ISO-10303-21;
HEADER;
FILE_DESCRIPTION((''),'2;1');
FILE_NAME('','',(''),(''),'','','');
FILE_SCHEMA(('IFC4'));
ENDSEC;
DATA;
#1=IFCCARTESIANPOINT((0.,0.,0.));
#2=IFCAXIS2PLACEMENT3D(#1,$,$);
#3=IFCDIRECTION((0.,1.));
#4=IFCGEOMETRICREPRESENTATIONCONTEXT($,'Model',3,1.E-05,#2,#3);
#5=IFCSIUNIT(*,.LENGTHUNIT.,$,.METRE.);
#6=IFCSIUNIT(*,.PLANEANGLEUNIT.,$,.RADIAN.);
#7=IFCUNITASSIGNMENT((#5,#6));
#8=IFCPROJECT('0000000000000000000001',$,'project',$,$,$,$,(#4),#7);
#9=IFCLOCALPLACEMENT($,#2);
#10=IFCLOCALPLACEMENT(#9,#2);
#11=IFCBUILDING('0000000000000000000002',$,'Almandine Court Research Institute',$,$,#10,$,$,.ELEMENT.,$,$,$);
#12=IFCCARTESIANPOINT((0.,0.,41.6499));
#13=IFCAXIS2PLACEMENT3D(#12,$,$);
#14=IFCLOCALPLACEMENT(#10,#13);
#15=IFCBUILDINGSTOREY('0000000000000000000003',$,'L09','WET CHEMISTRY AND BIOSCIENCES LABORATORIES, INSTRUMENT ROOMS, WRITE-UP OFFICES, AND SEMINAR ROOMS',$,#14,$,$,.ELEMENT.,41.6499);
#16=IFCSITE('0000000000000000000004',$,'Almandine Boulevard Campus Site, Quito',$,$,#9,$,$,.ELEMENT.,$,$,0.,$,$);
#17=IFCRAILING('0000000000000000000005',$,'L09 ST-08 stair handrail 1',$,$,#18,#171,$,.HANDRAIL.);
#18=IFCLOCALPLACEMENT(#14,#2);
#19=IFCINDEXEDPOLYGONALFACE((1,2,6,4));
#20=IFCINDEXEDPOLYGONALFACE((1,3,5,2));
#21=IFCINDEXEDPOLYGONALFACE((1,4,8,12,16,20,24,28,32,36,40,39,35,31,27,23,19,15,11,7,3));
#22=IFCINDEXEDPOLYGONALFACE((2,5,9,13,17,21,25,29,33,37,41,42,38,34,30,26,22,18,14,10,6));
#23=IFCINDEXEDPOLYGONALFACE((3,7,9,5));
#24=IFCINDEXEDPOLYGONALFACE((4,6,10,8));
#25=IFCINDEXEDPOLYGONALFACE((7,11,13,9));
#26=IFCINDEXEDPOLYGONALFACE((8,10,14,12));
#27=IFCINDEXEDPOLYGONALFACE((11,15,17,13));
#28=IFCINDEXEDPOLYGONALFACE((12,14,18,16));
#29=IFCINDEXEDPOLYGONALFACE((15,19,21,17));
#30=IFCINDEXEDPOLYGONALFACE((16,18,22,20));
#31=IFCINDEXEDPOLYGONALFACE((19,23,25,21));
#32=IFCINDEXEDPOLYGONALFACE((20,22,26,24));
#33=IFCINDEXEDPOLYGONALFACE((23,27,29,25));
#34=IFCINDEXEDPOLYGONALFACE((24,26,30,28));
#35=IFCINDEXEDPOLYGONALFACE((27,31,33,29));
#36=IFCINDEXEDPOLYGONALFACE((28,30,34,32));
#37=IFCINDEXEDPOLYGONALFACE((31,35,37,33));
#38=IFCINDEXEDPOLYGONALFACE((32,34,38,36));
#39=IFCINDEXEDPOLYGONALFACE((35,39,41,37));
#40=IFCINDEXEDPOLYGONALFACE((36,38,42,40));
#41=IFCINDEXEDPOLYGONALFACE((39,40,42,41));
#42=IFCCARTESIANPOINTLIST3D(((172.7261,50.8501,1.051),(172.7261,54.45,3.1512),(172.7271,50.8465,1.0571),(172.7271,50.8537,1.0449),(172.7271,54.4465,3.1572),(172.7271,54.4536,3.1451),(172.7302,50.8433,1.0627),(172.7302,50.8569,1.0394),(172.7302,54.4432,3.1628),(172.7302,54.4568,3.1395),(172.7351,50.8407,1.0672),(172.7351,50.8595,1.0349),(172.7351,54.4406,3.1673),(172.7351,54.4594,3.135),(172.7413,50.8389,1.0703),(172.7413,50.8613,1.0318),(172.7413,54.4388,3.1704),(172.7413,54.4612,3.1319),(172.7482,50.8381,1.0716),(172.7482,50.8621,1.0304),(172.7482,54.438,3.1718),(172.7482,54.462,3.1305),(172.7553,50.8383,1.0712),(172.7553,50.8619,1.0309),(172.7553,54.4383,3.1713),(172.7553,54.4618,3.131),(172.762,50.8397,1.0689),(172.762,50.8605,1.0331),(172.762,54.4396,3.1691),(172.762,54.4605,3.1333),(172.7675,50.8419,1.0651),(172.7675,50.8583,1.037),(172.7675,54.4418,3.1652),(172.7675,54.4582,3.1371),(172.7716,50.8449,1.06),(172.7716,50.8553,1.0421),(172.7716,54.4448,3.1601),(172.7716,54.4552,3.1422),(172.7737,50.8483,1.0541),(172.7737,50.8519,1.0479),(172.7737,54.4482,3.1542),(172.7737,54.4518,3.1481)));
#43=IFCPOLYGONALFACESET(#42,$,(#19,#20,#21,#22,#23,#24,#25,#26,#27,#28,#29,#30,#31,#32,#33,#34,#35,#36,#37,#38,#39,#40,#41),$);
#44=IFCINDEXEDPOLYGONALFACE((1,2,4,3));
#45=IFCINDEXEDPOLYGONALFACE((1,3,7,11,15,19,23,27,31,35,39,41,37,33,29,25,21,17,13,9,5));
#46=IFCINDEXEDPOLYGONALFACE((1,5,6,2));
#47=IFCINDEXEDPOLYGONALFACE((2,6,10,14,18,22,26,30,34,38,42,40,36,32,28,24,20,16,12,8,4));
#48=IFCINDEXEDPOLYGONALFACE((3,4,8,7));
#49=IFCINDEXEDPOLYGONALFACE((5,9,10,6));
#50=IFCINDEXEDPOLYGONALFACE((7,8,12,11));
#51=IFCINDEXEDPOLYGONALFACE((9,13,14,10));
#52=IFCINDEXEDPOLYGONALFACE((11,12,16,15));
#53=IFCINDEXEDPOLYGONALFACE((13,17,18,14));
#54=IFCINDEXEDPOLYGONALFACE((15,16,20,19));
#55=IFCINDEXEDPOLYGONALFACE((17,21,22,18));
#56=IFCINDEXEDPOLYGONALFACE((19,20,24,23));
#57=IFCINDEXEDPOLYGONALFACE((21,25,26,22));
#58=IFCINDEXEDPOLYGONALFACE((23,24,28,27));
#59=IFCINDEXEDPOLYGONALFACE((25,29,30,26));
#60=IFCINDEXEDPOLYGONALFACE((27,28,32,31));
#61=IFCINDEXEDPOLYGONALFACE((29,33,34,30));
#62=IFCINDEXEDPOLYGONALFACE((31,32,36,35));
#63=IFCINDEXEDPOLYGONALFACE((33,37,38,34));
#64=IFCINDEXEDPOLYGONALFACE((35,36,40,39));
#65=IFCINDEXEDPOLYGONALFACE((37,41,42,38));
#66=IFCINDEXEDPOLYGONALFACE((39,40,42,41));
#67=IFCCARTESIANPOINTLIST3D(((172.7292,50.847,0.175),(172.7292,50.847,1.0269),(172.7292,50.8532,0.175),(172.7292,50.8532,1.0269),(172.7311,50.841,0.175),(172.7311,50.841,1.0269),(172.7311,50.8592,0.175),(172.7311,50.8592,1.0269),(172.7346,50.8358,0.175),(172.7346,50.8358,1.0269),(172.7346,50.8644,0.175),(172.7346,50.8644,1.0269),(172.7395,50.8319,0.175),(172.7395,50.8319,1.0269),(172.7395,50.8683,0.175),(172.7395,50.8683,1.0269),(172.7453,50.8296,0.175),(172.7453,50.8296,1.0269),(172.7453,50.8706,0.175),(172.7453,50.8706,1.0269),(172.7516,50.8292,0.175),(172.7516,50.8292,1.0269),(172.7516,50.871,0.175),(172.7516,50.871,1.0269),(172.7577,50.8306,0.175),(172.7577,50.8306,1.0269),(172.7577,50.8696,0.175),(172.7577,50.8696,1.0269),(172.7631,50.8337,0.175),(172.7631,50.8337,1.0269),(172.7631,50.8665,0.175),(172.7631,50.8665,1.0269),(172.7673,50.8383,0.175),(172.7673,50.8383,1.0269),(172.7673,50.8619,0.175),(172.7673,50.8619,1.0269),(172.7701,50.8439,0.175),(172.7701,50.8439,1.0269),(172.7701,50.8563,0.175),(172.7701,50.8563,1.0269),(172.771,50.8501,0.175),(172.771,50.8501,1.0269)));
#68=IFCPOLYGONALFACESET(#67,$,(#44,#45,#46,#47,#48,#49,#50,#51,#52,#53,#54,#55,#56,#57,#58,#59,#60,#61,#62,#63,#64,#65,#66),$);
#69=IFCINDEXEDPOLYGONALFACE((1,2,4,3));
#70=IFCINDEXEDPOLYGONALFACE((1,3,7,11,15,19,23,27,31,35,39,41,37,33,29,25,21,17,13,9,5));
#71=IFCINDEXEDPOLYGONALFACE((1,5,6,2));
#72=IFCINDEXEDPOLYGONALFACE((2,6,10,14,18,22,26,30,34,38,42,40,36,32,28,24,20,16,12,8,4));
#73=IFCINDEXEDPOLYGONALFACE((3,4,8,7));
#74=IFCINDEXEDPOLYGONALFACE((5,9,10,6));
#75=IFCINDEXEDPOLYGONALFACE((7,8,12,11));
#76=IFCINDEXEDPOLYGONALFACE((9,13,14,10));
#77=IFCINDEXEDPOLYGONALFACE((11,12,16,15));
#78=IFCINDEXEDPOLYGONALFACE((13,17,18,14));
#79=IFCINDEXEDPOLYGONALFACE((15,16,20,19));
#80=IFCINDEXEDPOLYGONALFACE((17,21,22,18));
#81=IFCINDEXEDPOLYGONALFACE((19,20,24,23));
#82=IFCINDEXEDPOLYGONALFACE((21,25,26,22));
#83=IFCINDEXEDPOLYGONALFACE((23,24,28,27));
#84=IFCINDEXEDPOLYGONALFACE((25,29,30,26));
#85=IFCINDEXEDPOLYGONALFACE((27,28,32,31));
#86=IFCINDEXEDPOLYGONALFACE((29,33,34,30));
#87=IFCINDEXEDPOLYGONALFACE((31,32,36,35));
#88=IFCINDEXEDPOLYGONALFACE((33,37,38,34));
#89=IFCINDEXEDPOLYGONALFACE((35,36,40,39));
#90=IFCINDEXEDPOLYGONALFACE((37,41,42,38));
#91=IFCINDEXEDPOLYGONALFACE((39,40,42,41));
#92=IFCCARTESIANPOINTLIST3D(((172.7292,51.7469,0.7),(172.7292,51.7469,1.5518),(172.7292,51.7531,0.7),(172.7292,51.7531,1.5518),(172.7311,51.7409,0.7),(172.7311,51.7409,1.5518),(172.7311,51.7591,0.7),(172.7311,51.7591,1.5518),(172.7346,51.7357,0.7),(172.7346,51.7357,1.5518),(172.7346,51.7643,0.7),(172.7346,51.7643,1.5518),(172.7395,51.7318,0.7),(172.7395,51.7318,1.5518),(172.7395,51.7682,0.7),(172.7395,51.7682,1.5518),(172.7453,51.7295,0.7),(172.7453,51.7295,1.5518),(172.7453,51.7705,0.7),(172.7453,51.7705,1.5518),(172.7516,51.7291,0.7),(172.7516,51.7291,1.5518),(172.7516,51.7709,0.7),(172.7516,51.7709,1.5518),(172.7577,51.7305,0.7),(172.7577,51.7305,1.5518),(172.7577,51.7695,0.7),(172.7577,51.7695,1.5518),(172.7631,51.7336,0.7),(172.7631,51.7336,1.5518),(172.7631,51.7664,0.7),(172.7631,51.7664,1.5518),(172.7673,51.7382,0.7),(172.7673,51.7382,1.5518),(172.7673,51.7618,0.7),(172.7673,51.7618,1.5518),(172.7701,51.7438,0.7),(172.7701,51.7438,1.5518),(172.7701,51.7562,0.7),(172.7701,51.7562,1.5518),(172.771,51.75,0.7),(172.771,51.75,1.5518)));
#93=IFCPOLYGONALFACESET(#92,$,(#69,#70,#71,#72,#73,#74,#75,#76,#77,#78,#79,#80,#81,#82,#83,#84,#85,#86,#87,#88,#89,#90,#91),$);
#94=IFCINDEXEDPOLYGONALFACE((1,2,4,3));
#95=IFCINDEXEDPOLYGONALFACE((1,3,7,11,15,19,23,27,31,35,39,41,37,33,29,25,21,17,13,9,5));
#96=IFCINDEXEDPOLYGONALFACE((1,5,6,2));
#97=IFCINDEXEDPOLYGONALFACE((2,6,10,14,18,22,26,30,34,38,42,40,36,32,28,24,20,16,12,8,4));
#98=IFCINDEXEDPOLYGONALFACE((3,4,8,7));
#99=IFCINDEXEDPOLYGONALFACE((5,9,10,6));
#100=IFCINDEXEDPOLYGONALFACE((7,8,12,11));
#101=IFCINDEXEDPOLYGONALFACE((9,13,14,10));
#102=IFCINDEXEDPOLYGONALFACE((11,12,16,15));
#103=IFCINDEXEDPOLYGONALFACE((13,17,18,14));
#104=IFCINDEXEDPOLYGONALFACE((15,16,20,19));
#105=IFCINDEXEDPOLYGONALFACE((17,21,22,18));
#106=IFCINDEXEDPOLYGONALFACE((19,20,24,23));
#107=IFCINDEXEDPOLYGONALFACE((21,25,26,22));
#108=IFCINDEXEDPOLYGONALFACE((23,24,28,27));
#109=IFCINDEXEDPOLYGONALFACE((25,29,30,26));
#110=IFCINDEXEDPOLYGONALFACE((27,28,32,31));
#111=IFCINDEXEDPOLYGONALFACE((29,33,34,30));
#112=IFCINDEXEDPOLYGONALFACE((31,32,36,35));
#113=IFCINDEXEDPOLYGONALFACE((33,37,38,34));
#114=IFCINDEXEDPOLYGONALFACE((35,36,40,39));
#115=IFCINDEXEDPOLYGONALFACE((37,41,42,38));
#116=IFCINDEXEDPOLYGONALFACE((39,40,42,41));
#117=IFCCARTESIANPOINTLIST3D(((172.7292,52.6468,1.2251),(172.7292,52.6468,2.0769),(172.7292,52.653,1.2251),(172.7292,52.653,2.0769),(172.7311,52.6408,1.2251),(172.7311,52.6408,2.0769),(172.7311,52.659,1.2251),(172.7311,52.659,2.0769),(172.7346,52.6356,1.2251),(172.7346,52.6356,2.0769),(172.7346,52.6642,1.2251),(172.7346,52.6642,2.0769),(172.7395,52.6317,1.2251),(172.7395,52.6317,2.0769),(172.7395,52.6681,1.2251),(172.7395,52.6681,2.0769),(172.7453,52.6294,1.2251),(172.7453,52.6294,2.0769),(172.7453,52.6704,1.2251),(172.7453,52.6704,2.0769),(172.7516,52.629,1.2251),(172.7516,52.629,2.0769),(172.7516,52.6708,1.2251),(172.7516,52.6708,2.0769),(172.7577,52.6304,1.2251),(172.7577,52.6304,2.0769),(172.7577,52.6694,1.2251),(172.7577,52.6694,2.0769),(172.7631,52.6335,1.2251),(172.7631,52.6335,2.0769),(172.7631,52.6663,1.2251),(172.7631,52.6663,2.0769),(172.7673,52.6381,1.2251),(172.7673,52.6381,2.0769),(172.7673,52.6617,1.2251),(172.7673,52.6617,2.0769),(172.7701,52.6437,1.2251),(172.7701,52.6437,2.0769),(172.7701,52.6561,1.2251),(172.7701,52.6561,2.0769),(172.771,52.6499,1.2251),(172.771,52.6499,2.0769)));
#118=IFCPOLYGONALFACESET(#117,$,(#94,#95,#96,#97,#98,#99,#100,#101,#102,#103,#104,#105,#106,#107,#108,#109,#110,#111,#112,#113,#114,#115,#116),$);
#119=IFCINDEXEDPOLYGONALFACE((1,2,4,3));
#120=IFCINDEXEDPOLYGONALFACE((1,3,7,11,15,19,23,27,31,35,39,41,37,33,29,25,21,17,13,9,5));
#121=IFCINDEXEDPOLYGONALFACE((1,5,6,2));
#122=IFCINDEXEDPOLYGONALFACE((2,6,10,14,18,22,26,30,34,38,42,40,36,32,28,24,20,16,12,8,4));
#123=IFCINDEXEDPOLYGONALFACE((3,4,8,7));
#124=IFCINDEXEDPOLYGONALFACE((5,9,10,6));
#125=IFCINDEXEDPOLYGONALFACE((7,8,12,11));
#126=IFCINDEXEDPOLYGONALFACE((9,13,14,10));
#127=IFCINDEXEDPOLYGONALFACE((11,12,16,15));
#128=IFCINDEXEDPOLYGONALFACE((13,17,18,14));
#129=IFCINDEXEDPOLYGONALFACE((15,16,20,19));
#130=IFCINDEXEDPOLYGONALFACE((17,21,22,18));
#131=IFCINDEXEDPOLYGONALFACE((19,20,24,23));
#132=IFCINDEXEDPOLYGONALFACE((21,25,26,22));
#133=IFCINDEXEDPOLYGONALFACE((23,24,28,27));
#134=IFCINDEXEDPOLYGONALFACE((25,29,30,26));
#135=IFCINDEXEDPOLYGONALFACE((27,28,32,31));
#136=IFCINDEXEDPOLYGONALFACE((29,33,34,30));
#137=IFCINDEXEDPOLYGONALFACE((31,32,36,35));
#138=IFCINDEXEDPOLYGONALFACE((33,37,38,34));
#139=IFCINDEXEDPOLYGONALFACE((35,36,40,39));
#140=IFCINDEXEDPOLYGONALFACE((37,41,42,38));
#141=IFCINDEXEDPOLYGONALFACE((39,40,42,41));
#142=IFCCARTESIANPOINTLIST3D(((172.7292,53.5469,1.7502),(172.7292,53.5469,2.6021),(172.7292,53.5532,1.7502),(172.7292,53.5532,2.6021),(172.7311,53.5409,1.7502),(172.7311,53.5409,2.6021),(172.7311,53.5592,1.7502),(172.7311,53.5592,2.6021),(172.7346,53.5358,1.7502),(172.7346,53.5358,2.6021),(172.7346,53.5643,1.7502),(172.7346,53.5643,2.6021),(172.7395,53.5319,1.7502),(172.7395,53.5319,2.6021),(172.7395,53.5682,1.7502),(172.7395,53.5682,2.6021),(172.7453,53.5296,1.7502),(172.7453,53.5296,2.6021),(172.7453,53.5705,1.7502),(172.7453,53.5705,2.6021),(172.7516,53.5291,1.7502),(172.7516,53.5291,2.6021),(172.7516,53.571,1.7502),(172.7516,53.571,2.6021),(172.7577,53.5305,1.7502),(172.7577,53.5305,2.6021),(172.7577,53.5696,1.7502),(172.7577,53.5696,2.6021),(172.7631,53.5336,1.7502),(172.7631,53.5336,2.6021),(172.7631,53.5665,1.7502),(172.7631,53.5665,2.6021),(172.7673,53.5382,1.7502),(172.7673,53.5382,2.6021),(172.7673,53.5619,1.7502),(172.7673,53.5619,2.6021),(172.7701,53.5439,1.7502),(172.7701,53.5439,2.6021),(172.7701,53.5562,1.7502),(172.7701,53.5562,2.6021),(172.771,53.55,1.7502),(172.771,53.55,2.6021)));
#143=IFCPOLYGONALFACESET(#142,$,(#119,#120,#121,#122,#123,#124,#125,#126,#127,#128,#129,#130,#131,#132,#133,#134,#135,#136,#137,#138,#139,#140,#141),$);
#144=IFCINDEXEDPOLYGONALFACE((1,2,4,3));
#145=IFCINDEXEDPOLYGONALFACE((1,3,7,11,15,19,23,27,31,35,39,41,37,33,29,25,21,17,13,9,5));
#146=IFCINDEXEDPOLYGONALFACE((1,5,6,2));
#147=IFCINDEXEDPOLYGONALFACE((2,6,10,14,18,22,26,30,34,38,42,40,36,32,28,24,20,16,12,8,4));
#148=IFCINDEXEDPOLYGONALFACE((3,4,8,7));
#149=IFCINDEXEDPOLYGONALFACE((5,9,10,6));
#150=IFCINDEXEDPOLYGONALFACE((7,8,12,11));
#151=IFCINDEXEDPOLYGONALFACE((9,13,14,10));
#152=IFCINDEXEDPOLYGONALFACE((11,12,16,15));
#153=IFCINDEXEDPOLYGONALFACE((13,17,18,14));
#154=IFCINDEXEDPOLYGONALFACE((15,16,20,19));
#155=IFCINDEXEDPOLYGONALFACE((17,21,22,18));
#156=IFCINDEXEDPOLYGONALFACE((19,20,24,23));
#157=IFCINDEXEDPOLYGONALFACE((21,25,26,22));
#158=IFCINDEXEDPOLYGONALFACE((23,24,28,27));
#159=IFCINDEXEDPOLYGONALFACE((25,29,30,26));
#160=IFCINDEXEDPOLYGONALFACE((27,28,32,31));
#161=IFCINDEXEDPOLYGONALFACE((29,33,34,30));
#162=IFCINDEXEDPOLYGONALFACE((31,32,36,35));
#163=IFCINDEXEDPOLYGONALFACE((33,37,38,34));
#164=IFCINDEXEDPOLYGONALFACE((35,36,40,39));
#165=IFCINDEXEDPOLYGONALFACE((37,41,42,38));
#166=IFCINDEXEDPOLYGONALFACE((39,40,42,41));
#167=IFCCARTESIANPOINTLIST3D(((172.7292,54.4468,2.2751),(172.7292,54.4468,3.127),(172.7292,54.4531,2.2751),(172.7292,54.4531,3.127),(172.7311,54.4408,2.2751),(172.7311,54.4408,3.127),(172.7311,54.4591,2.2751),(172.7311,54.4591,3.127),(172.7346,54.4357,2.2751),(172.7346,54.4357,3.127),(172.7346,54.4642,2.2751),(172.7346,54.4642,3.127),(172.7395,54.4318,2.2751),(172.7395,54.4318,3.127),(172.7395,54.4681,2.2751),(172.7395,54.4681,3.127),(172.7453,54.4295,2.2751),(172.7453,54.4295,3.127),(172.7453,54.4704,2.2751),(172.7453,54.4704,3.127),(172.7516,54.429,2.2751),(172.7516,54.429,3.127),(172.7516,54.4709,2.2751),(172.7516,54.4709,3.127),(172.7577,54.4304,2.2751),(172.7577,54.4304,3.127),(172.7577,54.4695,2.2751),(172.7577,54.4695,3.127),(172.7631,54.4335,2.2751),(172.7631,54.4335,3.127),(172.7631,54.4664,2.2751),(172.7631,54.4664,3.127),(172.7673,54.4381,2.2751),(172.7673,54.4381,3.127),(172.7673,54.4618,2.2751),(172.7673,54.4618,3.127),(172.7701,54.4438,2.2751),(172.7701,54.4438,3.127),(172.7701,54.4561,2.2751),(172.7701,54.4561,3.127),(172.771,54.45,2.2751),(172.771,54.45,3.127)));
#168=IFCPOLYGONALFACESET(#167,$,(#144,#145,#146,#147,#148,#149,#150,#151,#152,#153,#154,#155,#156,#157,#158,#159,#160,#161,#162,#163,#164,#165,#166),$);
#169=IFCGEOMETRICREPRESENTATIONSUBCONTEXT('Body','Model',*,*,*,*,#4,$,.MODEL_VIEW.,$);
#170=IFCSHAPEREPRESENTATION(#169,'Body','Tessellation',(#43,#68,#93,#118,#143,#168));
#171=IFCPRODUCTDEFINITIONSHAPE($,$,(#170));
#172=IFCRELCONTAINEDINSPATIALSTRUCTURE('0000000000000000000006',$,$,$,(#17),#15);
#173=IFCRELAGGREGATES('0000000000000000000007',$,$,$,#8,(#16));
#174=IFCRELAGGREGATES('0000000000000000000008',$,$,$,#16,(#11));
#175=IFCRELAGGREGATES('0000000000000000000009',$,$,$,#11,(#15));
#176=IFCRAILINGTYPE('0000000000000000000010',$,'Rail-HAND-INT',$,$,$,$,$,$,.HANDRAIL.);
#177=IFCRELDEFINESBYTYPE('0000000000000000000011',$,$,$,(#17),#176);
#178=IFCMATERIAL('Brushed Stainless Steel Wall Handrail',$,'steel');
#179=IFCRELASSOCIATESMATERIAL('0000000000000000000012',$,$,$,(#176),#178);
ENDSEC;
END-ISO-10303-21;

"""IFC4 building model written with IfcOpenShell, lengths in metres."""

from ifc_helpers import new_model, si_unit, direction, frame, origin, origin_2d, place, context, subcontext, project, spatial, circle, extrude, material, type_object, element, save


model = new_model("IFC4")

# Units and contexts
model_context = context("Model", 3, precision=1e-05, world=origin(), true_north=direction((0.0, 1.0)))
body_context = subcontext(model_context, "Body", "Model", "MODEL_VIEW")
ifc_project = project(units=[si_unit("LENGTHUNIT", "METRE"), si_unit("PLANEANGLEUNIT", "RADIAN")], contexts=[model_context])

# Site, building, storey
site_placement = place(None, origin())
site = spatial("IfcSite", under=ifc_project, at=site_placement, Name="Almandine Boulevard Campus Site, Quito", CompositionType="ELEMENT", RefElevation=0.0)
building_placement = place(site_placement, origin())
building = spatial("IfcBuilding", under=site, at=building_placement, Name="Almandine Court Research Institute", CompositionType="ELEMENT")
storey_placement = place(building_placement, frame((0.0, 0.0, 41.6499)))
storey = spatial("IfcBuildingStorey", under=building, at=storey_placement, Name="L09", Description="WET CHEMISTRY AND BIOSCIENCES LABORATORIES, INSTRUMENT ROOMS, WRITE-UP OFFICES, AND SEMINAR ROOMS", CompositionType="ELEMENT", Elevation=41.6499)

# Railing
ifc_material_1 = material(Name="Brushed Stainless Steel Wall Handrail", Category="steel")
railing_type_1 = type_object("IfcRailingType", Name="Rail-HAND-INT", PredefinedType="HANDRAIL", material=ifc_material_1)
railing_1_placement = place(storey_placement, frame((172.75, 50.8501, 0.175)))
element("IfcRailing", 1, at=railing_1_placement, inside=storey, type_object=railing_type_1, Name="L09 ST-08 stair handrail 1", PredefinedType="HANDRAIL", context=body_context, shape_type="SweptSolid", body=[
    extrude(circle(Radius=0.0239, at=origin_2d()), frame((0.0, 0.0, 0.876), z_axis=(0.0, 0.86376, 0.503904), x_axis=(-1.0, 0.0, 0.0)), (0.0, 0.0, 1.0), 4.1677),
    extrude(circle(Radius=0.021, at=origin_2d()), origin(), (0.0, 0.0, 1.0), 0.8518),
    extrude(circle(Radius=0.021, at=origin_2d()), frame((0.0, 0.8999, 0.5249)), (0.0, 0.0, 1.0), 0.8518),
    extrude(circle(Radius=0.021, at=origin_2d()), frame((0.0, 1.7998, 1.05)), (0.0, 0.0, 1.0), 0.8518),
    extrude(circle(Radius=0.021, at=origin_2d()), frame((0.0, 2.7, 1.5752)), (0.0, 0.0, 1.0), 0.8518),
    extrude(circle(Radius=0.021, at=origin_2d()), frame((0.0, 3.5999, 2.1001)), (0.0, 0.0, 1.0), 0.8518),
])

save(model, "model.ifc")
